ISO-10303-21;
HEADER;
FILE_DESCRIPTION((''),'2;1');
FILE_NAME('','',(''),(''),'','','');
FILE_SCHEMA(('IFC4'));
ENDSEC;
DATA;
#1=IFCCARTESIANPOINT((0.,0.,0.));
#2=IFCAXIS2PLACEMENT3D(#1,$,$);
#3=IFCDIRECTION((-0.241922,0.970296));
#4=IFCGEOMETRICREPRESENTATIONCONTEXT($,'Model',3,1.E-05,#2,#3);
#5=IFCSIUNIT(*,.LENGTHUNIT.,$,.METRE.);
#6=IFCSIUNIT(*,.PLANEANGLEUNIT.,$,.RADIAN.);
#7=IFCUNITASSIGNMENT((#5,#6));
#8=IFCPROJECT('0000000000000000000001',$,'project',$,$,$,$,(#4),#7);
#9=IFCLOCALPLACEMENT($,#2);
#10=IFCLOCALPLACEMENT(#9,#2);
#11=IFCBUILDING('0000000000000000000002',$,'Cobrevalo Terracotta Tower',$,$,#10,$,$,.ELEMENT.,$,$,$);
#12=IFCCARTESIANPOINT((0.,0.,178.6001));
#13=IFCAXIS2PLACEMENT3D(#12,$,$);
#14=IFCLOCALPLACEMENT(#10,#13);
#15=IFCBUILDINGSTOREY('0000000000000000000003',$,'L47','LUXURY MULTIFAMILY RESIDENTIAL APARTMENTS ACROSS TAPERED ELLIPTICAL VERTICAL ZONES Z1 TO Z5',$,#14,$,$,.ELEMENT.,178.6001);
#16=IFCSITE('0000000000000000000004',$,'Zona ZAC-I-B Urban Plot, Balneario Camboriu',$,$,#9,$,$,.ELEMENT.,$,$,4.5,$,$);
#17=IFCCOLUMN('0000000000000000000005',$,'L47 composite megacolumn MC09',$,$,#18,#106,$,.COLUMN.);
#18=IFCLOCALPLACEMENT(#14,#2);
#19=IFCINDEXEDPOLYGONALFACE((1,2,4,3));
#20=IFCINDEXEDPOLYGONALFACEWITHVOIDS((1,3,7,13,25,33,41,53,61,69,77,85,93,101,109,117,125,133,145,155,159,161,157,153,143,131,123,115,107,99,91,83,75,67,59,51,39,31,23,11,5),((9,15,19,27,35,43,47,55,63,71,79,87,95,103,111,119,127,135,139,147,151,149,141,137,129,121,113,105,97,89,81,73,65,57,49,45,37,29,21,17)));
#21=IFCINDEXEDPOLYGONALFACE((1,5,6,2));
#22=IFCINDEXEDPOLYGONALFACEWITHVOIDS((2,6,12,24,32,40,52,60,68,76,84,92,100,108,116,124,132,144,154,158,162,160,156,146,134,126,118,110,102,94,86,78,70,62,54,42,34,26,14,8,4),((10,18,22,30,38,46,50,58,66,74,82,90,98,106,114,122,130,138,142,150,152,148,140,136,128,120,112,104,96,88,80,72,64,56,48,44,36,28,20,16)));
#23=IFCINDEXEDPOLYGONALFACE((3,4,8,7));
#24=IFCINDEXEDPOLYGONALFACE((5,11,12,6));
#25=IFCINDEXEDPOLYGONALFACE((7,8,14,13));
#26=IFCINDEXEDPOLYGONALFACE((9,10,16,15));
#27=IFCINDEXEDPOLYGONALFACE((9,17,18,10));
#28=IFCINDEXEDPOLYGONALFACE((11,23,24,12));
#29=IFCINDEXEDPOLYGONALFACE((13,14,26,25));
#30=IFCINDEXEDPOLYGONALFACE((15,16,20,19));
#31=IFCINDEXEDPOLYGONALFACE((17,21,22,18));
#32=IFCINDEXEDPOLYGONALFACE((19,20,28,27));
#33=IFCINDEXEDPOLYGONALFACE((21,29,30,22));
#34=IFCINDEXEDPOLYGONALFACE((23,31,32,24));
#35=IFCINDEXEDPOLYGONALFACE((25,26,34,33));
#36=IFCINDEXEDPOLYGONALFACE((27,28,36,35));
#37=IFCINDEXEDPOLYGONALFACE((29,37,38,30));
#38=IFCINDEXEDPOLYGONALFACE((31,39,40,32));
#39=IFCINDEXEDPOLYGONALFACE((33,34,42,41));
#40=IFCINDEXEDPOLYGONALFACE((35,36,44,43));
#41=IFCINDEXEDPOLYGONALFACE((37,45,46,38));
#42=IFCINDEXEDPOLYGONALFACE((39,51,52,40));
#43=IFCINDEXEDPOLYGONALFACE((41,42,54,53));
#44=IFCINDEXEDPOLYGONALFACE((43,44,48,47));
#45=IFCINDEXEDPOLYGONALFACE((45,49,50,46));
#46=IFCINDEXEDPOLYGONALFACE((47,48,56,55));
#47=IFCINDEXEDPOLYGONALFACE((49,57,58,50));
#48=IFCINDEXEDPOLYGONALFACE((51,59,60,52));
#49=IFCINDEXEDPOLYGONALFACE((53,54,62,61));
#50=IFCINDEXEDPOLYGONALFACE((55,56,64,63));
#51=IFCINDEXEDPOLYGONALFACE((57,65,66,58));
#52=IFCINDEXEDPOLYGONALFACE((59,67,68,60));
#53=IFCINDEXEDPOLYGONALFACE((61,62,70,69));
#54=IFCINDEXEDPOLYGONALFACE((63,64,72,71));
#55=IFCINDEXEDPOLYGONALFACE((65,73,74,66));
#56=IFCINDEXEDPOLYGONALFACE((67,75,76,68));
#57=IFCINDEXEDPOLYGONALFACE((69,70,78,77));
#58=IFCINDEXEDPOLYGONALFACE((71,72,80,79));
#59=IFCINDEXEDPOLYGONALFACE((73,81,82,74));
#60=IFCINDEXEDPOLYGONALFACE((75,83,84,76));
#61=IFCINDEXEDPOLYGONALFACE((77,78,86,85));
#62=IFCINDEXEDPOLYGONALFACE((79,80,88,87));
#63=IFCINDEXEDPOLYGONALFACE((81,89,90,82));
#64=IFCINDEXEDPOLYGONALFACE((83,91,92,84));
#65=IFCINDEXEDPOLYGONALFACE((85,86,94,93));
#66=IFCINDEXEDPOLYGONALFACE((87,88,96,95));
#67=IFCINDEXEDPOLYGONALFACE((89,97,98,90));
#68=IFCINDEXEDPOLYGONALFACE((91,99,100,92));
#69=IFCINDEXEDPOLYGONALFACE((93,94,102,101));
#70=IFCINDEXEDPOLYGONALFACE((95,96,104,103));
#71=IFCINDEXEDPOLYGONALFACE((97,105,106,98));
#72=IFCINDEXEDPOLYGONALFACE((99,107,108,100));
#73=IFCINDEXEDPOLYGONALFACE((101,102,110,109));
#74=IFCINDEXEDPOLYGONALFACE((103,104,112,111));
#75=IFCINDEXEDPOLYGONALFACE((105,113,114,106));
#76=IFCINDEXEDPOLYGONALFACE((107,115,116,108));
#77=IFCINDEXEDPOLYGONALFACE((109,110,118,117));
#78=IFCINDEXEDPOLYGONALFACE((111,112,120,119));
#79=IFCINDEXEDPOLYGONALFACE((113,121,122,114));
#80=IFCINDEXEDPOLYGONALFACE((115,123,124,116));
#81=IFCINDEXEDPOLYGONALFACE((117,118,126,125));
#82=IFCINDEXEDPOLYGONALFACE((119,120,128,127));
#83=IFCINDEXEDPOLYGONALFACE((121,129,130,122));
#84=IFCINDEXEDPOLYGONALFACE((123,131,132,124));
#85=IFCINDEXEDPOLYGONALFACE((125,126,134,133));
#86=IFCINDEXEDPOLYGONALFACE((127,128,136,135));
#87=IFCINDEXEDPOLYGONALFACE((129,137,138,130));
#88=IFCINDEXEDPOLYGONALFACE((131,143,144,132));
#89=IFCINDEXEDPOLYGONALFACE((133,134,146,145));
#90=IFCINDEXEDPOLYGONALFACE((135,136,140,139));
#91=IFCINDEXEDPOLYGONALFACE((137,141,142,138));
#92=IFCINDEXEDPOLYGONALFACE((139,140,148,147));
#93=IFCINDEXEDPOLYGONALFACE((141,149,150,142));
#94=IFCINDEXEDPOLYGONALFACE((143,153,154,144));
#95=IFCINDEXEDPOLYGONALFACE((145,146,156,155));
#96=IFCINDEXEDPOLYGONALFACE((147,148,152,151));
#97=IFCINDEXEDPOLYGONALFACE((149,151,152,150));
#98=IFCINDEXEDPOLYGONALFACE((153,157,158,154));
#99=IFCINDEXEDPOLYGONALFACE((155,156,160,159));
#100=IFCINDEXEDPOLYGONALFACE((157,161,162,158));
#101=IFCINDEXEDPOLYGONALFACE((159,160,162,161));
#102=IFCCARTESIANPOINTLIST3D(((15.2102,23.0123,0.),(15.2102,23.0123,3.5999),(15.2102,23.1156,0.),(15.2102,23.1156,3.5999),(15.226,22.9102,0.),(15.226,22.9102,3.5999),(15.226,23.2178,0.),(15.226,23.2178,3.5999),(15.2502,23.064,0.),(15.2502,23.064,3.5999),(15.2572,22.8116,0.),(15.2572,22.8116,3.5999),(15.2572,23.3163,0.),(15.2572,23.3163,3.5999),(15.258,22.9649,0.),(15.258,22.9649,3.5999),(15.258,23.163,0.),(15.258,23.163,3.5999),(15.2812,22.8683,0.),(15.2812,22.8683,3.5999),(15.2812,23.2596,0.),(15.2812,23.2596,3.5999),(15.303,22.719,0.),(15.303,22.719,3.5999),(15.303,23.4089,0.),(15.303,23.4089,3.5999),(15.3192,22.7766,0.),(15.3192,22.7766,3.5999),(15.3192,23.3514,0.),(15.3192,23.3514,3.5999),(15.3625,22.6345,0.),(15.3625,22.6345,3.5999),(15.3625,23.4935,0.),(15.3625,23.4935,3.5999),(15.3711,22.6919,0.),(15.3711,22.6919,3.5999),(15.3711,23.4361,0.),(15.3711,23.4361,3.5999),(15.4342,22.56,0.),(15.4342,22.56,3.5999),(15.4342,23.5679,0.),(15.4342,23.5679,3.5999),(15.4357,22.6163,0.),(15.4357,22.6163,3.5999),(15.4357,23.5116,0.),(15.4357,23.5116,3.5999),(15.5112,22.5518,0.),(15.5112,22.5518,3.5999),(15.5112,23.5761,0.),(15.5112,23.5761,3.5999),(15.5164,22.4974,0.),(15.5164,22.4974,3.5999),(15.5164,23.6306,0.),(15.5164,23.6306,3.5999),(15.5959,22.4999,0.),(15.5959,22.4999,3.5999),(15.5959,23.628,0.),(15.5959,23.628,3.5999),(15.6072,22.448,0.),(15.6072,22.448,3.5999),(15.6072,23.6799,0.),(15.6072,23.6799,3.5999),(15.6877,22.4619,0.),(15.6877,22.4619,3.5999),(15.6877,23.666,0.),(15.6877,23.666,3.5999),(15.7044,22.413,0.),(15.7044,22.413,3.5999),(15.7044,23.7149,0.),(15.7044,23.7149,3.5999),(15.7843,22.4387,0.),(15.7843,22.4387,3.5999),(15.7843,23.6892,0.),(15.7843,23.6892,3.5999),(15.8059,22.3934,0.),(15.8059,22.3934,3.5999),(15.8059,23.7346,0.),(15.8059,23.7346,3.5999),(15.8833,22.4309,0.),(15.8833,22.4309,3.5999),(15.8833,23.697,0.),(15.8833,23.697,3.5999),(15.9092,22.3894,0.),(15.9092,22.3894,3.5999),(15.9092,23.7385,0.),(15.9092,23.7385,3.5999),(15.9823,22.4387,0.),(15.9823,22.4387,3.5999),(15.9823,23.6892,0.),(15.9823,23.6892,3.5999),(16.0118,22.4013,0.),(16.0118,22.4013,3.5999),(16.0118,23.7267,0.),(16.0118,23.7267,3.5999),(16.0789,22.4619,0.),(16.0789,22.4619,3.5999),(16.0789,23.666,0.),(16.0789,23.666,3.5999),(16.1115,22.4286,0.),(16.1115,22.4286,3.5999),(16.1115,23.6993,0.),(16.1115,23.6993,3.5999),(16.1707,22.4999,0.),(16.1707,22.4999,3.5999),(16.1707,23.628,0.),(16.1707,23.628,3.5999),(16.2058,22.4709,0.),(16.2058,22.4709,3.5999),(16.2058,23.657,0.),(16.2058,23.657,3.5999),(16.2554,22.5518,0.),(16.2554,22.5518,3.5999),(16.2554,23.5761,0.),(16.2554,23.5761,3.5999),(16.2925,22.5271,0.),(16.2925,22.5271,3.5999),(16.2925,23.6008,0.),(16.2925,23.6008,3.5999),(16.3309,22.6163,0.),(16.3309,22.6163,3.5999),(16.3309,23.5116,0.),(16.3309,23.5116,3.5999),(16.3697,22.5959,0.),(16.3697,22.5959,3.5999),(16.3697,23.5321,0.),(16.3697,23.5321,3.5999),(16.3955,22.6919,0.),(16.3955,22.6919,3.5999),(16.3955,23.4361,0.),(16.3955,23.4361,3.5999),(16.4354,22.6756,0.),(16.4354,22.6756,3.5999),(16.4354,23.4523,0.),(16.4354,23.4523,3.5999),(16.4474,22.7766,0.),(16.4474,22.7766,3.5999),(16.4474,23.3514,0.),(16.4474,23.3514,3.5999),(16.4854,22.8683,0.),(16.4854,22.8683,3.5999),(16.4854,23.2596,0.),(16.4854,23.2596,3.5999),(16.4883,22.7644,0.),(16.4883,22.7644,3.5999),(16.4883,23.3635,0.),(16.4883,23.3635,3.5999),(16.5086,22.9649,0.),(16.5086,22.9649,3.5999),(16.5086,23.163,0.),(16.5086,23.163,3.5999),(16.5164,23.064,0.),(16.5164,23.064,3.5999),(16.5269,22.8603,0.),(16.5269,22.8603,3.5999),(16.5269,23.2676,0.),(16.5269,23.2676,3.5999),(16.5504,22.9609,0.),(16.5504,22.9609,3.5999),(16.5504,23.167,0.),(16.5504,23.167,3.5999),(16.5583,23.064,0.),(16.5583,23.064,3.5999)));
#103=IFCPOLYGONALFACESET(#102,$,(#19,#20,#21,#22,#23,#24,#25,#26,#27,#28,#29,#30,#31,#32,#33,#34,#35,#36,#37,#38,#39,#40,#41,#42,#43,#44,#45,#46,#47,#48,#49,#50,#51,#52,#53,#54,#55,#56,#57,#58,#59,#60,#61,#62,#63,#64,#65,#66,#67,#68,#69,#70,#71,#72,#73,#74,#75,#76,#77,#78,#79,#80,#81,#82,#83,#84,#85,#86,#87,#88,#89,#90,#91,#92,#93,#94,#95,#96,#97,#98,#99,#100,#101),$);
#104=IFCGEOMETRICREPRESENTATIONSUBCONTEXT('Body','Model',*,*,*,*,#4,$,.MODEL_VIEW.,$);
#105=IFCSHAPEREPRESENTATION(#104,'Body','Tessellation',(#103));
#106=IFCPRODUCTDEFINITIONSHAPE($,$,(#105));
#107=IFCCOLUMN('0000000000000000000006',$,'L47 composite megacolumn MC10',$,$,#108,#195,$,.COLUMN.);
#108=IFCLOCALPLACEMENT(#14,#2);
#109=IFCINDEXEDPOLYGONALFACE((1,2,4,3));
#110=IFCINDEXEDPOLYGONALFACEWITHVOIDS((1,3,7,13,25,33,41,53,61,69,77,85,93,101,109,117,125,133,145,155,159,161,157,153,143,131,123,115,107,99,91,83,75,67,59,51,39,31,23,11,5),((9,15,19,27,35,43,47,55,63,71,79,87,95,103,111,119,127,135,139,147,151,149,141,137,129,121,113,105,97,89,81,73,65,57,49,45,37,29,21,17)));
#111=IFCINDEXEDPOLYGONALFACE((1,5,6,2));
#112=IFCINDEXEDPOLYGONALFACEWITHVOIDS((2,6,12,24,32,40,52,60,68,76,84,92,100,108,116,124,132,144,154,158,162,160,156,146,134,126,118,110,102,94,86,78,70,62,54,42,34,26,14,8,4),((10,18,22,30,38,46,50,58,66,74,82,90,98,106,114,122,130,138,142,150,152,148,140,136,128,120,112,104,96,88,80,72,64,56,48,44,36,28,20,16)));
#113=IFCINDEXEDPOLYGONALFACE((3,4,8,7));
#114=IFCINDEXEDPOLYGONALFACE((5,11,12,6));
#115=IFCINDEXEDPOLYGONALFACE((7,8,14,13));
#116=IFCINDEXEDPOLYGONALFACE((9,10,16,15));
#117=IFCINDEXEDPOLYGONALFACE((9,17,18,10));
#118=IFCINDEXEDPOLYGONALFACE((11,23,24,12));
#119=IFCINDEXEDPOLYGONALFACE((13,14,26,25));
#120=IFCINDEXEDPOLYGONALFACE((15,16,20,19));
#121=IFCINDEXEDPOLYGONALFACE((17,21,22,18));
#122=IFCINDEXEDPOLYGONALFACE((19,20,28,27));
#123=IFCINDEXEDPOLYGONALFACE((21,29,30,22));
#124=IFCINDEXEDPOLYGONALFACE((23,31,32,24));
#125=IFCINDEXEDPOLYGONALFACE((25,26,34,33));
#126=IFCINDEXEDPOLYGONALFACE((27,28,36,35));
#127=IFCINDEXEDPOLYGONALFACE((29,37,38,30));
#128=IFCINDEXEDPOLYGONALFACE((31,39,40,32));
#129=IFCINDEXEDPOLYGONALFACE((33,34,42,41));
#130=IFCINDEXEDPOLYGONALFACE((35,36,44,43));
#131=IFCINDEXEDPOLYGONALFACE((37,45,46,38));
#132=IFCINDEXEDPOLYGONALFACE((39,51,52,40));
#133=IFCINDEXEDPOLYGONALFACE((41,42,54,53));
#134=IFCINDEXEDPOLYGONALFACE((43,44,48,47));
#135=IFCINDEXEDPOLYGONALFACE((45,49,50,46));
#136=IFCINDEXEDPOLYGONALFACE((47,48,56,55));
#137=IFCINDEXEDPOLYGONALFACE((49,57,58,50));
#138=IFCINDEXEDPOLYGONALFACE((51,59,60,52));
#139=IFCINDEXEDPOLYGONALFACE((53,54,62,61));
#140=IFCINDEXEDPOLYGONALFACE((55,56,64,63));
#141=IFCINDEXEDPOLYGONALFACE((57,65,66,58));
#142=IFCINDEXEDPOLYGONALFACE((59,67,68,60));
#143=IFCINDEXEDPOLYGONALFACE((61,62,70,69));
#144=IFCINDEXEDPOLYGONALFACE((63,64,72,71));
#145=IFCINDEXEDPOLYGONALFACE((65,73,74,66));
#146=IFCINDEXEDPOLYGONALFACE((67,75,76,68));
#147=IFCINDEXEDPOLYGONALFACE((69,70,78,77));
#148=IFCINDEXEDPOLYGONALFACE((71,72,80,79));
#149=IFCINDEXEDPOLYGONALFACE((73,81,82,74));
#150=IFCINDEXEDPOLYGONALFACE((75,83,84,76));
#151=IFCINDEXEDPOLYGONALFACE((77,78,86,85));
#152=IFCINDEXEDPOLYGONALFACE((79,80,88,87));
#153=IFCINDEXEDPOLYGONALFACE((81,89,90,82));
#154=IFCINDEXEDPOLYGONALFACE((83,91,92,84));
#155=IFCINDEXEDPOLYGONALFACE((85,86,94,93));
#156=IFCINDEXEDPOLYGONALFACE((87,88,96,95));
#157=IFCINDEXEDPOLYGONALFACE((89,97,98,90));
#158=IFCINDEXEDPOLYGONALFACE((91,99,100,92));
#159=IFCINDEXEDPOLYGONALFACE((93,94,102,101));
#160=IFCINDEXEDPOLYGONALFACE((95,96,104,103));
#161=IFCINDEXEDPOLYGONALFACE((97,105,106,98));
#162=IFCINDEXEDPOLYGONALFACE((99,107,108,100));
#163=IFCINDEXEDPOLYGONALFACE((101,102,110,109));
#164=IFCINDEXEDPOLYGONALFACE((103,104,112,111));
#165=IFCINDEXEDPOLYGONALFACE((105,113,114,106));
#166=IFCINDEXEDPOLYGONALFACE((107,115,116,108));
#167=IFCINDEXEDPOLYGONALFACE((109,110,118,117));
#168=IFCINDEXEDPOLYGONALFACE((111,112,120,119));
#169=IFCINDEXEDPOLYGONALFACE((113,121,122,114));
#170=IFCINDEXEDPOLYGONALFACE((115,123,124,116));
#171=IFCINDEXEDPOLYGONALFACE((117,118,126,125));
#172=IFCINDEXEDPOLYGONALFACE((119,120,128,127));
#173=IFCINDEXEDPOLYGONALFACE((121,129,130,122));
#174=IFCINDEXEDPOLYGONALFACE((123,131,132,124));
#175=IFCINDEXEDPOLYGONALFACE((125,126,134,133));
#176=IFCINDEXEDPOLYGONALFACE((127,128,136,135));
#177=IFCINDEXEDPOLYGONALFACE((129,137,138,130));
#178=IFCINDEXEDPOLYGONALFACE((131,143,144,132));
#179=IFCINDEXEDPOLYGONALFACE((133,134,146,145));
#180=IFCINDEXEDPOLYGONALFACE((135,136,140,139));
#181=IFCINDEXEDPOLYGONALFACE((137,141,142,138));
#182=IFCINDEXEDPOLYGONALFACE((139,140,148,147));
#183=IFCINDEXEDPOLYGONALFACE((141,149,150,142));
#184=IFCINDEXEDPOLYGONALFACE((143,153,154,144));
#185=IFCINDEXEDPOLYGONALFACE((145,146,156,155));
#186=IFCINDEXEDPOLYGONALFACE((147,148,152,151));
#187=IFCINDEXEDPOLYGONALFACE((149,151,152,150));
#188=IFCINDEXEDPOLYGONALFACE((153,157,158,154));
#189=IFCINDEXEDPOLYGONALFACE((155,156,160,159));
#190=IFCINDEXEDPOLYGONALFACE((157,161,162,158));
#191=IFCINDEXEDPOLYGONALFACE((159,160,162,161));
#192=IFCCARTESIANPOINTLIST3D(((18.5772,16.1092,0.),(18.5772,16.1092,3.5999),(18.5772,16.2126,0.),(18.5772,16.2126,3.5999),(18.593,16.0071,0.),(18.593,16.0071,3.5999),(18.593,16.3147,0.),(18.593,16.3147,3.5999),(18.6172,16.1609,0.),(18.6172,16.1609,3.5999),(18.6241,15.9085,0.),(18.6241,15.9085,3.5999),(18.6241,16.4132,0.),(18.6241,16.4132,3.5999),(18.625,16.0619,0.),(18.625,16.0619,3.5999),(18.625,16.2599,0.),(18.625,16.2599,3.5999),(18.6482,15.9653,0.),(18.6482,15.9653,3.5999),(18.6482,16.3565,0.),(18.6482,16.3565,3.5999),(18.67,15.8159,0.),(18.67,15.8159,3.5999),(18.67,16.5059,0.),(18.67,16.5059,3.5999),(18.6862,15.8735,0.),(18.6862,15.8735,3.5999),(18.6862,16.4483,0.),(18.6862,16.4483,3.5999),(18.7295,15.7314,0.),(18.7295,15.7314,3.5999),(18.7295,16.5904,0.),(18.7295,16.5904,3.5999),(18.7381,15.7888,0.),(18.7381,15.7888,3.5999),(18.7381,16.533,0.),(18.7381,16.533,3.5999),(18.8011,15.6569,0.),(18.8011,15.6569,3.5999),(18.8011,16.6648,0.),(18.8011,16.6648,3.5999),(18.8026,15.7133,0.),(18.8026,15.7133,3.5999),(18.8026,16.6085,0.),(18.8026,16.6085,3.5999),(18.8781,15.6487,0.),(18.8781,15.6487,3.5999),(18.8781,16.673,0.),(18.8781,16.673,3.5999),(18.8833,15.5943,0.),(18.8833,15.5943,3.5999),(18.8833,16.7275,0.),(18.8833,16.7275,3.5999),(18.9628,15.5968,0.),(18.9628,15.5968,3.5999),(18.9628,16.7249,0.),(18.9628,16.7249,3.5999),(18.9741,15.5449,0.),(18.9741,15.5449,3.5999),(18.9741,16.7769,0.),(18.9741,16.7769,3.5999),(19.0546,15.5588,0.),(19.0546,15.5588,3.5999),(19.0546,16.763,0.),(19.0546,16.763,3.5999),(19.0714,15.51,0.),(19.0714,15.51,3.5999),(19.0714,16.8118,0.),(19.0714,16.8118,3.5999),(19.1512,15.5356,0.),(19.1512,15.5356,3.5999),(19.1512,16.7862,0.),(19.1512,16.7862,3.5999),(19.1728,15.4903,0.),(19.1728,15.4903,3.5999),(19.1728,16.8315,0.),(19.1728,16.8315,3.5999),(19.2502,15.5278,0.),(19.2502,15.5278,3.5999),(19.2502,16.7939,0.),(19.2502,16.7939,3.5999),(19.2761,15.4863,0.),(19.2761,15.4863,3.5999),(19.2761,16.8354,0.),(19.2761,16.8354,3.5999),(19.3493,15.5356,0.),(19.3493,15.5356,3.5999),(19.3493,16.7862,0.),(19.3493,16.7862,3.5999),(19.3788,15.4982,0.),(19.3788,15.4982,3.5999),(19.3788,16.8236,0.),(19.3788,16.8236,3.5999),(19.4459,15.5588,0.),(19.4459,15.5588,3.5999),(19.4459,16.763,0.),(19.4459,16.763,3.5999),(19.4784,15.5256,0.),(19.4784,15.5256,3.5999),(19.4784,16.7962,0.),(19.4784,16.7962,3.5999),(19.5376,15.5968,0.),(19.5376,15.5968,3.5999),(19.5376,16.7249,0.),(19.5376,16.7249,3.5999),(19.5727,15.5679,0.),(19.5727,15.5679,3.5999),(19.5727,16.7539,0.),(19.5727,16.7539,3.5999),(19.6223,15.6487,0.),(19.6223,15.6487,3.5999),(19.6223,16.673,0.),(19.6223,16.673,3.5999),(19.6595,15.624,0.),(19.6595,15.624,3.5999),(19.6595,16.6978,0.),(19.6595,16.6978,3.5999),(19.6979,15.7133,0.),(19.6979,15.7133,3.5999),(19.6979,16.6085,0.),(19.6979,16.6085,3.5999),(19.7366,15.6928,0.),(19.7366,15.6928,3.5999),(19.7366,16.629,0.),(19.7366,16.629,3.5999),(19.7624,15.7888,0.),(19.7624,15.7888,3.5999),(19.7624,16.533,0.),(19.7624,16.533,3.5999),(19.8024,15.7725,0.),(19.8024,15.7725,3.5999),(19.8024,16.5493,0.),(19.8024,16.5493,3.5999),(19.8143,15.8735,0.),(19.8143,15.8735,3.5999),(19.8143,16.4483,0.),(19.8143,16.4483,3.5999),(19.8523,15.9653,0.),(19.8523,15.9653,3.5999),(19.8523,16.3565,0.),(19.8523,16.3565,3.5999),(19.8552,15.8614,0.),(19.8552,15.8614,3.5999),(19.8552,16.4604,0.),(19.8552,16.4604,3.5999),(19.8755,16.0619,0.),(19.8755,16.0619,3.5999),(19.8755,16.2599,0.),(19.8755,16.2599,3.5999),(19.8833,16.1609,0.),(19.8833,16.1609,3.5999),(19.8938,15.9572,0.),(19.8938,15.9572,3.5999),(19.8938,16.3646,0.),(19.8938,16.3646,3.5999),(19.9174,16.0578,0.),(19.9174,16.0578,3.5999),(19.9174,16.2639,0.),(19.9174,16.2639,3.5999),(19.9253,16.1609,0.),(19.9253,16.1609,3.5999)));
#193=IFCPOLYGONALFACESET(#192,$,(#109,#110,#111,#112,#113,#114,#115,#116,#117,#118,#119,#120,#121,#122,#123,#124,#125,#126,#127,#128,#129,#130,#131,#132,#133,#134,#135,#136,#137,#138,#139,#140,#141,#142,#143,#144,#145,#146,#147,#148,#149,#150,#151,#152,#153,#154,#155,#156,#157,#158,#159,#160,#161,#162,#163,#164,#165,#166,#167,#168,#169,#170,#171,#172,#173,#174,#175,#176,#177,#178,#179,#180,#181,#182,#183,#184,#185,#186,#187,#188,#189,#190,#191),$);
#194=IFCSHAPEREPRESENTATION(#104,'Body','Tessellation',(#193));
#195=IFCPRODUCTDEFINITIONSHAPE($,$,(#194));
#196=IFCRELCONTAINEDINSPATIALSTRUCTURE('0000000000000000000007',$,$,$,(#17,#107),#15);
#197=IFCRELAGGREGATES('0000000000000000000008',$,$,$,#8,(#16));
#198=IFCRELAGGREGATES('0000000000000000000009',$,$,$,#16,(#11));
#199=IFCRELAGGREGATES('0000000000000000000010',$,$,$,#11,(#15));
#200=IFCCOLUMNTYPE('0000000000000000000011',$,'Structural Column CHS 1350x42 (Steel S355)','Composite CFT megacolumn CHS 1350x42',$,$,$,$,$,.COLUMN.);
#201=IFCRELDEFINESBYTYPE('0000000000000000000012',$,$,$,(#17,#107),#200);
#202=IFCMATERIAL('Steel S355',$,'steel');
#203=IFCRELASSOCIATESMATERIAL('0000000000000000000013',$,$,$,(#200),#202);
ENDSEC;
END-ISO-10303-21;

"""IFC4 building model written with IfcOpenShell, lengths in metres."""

from ifc_helpers import new_model, si_unit, direction, frame, origin, origin_2d, place, context, subcontext, project, spatial, hollow_circle, extrude, material, material_profile, profile_set, type_object, element, save


model = new_model("IFC4")

# Units and contexts
model_context = context("Model", 3, precision=1e-05, world=origin(), true_north=direction((-0.241922, 0.970296)))
body_context = subcontext(model_context, "Body", "Model", "MODEL_VIEW")
ifc_project = project(units=[si_unit("LENGTHUNIT", "METRE"), si_unit("PLANEANGLEUNIT", "RADIAN")], contexts=[model_context])

# Site, building, storey
site_placement = place(None, origin())
site = spatial("IfcSite", under=ifc_project, at=site_placement, Name="Zona ZAC-I-B Urban Plot, Balneario Camboriu", CompositionType="ELEMENT", RefElevation=4.5)
building_placement = place(site_placement, origin())
building = spatial("IfcBuilding", under=site, at=building_placement, Name="Cobrevalo Terracotta Tower", CompositionType="ELEMENT")
storey_placement = place(building_placement, frame((0.0, 0.0, 178.6001)))
storey = spatial("IfcBuildingStorey", under=building, at=storey_placement, Name="L47", Description="LUXURY MULTIFAMILY RESIDENTIAL APARTMENTS ACROSS TAPERED ELLIPTICAL VERTICAL ZONES Z1 TO Z5", CompositionType="ELEMENT", Elevation=178.6001)

# Columns
ifc_material_1 = material(Name="Steel S355", Category="steel")
ifc_material_profile_1 = material_profile(ifc_material_1, hollow_circle(Radius=0.675, WallThickness=0.042, at=origin_2d()), Name="CHS 1350x42")
ifc_profile_set_1 = profile_set([ifc_material_profile_1], Name="Steel S355")
column_type = type_object("IfcColumnType", Name="Structural Column CHS 1350x42 (Steel S355)", Description="Composite CFT megacolumn CHS 1350x42", PredefinedType="COLUMN", material=ifc_profile_set_1)
for number, where, z_axis, x_axis, name in (
    (1, (15.8833, 23.064, 0.0), (0.0, 0.0, 1.0), (1.0, 0.0, 0.0), "L47 composite megacolumn MC09"),
    (2, (19.2502, 16.1609, 0.0), (0.0, 0.0, 1.0), (1.0, 0.0, 0.0), "L47 composite megacolumn MC10"),
):
    element("IfcColumn", number, at=place(storey_placement, frame(where, z_axis=z_axis, x_axis=x_axis)), inside=storey, type_object=column_type, Name=name, PredefinedType="COLUMN", context=body_context, shape_type="SweptSolid", body=[
        extrude(hollow_circle(Radius=0.675, WallThickness=0.042, at=origin_2d()), origin(), (0.0, 0.0, 1.0), 3.5999),
    ])

save(model, "model.ifc")
